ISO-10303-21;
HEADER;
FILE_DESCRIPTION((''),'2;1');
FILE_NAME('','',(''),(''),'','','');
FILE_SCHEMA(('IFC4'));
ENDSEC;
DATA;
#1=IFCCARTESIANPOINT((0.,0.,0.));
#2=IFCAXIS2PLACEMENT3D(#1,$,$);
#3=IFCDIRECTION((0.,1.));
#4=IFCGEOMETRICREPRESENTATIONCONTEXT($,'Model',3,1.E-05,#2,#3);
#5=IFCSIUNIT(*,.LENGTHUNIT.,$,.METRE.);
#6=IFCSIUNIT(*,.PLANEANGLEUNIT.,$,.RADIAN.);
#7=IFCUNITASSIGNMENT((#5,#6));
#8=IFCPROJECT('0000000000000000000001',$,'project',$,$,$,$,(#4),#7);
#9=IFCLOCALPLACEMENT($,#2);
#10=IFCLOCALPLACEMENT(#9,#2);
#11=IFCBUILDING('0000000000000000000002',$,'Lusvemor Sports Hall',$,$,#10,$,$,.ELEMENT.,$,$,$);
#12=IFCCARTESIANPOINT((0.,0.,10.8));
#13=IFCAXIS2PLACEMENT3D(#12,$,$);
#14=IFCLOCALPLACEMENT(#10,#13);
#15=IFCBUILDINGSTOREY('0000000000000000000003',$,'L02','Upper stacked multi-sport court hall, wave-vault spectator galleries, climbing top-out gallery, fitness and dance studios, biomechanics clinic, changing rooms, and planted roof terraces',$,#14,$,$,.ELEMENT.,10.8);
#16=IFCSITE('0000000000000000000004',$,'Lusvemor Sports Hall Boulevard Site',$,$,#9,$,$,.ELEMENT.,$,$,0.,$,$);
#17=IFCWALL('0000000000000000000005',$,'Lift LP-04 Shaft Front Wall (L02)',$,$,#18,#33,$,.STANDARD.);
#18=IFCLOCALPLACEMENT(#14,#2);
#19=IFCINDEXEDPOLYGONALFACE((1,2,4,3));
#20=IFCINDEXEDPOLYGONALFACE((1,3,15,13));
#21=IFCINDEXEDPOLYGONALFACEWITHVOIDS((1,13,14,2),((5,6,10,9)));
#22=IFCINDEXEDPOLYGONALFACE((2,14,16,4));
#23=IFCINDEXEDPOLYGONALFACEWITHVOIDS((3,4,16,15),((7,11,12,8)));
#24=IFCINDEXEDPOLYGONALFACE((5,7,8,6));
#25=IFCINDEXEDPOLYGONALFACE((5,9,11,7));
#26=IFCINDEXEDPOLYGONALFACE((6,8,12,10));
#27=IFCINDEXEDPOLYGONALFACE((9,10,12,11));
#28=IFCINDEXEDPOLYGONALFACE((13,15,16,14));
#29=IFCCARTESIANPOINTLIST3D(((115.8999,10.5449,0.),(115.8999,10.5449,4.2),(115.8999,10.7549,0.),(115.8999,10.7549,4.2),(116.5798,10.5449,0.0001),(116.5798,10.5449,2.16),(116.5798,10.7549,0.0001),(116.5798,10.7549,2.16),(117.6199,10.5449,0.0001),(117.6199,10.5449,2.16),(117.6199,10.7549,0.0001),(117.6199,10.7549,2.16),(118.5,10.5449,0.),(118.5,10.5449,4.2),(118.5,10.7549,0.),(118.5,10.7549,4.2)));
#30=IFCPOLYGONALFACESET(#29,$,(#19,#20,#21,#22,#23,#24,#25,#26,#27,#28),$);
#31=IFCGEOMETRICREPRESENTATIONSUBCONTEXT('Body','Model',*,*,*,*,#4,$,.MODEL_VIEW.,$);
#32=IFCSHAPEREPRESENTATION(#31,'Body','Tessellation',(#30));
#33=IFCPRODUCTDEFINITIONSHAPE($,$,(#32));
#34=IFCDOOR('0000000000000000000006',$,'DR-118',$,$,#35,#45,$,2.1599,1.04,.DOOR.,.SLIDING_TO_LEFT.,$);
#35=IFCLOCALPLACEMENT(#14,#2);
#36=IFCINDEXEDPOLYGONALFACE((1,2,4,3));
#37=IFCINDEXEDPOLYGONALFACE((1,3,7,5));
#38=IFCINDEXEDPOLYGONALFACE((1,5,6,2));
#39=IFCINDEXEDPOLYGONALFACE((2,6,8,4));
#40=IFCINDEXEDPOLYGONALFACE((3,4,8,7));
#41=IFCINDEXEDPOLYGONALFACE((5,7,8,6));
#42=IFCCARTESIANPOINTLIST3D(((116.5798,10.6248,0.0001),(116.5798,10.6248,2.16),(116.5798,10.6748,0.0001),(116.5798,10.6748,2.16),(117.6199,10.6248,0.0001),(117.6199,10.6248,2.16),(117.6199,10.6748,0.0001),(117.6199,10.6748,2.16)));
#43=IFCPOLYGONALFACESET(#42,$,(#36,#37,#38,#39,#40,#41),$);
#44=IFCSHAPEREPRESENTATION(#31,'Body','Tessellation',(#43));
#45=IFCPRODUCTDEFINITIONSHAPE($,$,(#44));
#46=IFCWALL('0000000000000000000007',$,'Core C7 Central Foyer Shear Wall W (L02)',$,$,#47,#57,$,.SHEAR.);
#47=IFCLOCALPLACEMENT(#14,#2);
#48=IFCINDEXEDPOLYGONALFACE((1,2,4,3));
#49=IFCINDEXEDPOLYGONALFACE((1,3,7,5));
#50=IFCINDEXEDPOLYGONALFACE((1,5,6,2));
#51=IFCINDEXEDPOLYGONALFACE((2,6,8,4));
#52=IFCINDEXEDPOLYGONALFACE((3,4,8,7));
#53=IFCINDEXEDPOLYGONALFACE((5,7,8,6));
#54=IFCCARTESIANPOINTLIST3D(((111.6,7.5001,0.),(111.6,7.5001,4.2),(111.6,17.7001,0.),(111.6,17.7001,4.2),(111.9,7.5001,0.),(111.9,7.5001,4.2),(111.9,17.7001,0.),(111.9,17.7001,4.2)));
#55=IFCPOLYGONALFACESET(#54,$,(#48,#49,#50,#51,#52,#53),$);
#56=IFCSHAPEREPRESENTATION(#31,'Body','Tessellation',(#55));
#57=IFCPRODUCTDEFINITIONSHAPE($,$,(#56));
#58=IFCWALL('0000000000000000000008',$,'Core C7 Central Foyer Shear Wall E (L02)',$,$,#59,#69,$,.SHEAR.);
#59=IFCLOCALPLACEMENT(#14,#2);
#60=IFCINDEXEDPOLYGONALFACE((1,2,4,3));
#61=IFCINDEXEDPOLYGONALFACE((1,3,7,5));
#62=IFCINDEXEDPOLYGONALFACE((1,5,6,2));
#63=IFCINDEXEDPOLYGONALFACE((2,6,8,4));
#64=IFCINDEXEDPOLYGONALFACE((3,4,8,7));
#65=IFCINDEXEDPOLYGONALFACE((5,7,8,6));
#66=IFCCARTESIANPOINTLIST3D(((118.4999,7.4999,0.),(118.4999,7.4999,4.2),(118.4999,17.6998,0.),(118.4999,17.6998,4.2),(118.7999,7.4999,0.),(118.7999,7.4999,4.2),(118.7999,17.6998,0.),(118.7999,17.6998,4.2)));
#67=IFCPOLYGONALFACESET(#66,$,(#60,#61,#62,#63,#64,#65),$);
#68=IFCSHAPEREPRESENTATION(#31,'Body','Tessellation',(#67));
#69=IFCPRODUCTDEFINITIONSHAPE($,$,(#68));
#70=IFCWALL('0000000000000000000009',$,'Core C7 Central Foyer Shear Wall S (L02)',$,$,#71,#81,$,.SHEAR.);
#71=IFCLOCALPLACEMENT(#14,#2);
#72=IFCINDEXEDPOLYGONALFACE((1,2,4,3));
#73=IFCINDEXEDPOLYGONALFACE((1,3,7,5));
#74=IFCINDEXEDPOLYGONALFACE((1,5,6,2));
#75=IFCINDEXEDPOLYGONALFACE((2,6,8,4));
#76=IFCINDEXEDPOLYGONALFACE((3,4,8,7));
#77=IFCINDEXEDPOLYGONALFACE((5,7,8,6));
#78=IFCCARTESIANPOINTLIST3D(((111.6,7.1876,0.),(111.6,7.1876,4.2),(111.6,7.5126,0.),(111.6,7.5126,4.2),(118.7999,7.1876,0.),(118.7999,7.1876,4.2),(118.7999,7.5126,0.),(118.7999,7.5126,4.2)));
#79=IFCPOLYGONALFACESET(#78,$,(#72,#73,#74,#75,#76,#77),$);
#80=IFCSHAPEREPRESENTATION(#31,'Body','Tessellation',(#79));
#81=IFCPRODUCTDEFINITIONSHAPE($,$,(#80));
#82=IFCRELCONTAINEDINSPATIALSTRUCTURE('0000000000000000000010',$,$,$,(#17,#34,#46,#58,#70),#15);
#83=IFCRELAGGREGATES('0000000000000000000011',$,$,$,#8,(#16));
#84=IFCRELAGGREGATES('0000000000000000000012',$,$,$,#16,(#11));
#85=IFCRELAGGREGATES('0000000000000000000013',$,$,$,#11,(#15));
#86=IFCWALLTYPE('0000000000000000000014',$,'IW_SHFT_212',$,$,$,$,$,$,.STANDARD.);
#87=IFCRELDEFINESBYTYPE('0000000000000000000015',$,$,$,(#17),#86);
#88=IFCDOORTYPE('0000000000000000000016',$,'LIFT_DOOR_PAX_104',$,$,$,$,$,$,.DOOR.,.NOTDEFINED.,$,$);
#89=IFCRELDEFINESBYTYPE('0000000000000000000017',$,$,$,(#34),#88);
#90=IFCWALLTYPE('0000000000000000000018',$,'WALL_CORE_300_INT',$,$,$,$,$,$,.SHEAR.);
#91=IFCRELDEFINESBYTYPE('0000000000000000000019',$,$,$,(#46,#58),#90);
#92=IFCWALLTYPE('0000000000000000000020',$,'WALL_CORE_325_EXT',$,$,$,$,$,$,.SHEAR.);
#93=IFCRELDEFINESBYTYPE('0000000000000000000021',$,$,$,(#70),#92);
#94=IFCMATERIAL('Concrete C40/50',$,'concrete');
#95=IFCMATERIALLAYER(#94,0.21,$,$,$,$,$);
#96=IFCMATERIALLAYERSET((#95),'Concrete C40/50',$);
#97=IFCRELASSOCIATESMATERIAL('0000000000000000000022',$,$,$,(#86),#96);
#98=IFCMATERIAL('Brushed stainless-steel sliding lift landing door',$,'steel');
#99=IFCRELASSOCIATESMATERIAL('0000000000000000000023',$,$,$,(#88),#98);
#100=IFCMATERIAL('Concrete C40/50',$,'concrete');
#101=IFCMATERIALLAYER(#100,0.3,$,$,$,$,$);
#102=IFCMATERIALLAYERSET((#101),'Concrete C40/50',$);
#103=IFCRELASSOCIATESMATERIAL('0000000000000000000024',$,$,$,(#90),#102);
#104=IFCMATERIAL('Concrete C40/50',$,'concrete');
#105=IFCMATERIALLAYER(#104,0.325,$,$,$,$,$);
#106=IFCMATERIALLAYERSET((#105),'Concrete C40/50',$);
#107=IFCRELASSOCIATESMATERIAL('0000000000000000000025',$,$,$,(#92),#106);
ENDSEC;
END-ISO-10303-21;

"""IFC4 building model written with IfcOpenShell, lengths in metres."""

from ifc_helpers import new_model, si_unit, direction, frame, frame_2d, origin, place, context, subcontext, project, spatial, rectangle, extrude, material, layer, layer_set, type_object, element, fill, save


model = new_model("IFC4")

# Units and contexts
model_context = context("Model", 3, precision=1e-05, world=origin(), true_north=direction((0.0, 1.0)))
body_context = subcontext(model_context, "Body", "Model", "MODEL_VIEW")
ifc_project = project(units=[si_unit("LENGTHUNIT", "METRE"), si_unit("PLANEANGLEUNIT", "RADIAN")], contexts=[model_context])

# Site, building, storey
site_placement = place(None, origin())
site = spatial("IfcSite", under=ifc_project, at=site_placement, Name="Lusvemor Sports Hall Boulevard Site", CompositionType="ELEMENT", RefElevation=0.0)
building_placement = place(site_placement, origin())
building = spatial("IfcBuilding", under=site, at=building_placement, Name="Lusvemor Sports Hall", CompositionType="ELEMENT")
storey_placement = place(building_placement, frame((0.0, 0.0, 10.8)))
storey = spatial("IfcBuildingStorey", under=building, at=storey_placement, Name="L02", Description="Upper stacked multi-sport court hall, wave-vault spectator galleries, climbing top-out gallery, fitness and dance studios, biomechanics clinic, changing rooms, and planted roof terraces", CompositionType="ELEMENT", Elevation=10.8)

# Wall, opening, door
ifc_material_1 = material(Name="Concrete C40/50", Category="concrete")
ifc_layer_1 = layer(ifc_material_1, 0.21)
ifc_layer_set_1 = layer_set([ifc_layer_1], Name="Concrete C40/50")
wall_type_1 = type_object("IfcWallType", Name="IW_SHFT_212", PredefinedType="STANDARD", material=ifc_layer_set_1)
wall_1_placement = place(storey_placement, frame((115.8999, 10.6499, 0.0), z_axis=(0.0, 0.0, 1.0), x_axis=(1.0, 0.0, 0.0)))
wall_1 = element("IfcWall", 1, at=wall_1_placement, inside=storey, type_object=wall_type_1, Name="Lift LP-04 Shaft Front Wall (L02)", PredefinedType="STANDARD", context=body_context, shape_type="SweptSolid", body=[
    extrude(rectangle(XDim=2.6001, YDim=0.21, at=frame_2d((1.3, 0.0))), origin(), (0.0, 0.0, 1.0), 4.2),
])
opening_1_placement = place(wall_1_placement, frame((0.6799, 0.0, 0.0)))
opening_1 = element("IfcOpeningElement", 2, at=opening_1_placement, cuts=wall_1, PredefinedType="OPENING", context=body_context, shape_type="SweptSolid", body=[
    extrude(rectangle(XDim=1.04, YDim=2.1599, at=frame_2d((0.52, 1.0801))), frame((0.0, 0.105, 0.0), z_axis=(0.0, -1.0, 0.0), x_axis=(1.0, 0.0, 0.0)), (0.0, 0.0, 1.0), 0.21),
])
ifc_material_2 = material(Name="Brushed stainless-steel sliding lift landing door", Category="steel")
door_type_1 = type_object("IfcDoorType", Name="LIFT_DOOR_PAX_104", OperationType="NOTDEFINED", PredefinedType="DOOR", material=ifc_material_2)
door_1_placement = place(opening_1_placement, origin())
door_1 = element("IfcDoor", 3, at=door_1_placement, inside=storey, type_object=door_type_1, Name="DR-118", OperationType="SLIDING_TO_LEFT", OverallHeight=2.1599, OverallWidth=1.04, PredefinedType="DOOR", context=body_context, shape_type="SweptSolid", body=[
    extrude(rectangle(XDim=1.04, YDim=2.1599, at=frame_2d((0.52, 1.0801))), frame((0.0, 0.0249, 0.0), z_axis=(0.0, -1.0, 0.0), x_axis=(1.0, 0.0, 0.0)), (0.0, 0.0, 1.0), 0.05),
])
fill(opening_1, door_1)
ifc_material_3 = material(Name="Concrete C40/50", Category="concrete")
ifc_layer_2 = layer(ifc_material_3, 0.3)
ifc_layer_set_2 = layer_set([ifc_layer_2], Name="Concrete C40/50")
wall_type_2 = type_object("IfcWallType", Name="WALL_CORE_300_INT", PredefinedType="SHEAR", material=ifc_layer_set_2)

# Walls
for number, where, z_axis, x_axis, name in (
    (4, (111.75, 7.5, 0.0), (0.0, 0.0, 1.0), (0.0, 1.0, 0.0), "Core C7 Central Foyer Shear Wall W (L02)"),
    (5, (118.6499, 17.7, 0.0), (0.0, 0.0, 1.0), (0.0, -1.0, 0.0), "Core C7 Central Foyer Shear Wall E (L02)"),
):
    element("IfcWall", number, at=place(storey_placement, frame(where, z_axis=z_axis, x_axis=x_axis)), inside=storey, type_object=wall_type_2, Name=name, PredefinedType="SHEAR", context=body_context, shape_type="SweptSolid", body=[
        extrude(rectangle(XDim=10.2, YDim=0.3, at=frame_2d((5.1001, 0.0))), origin(), (0.0, 0.0, 1.0), 4.2),
    ])

# Wall
ifc_material_4 = material(Name="Concrete C40/50", Category="concrete")
ifc_layer_3 = layer(ifc_material_4, 0.325)
ifc_layer_set_3 = layer_set([ifc_layer_3], Name="Concrete C40/50")
wall_type_3 = type_object("IfcWallType", Name="WALL_CORE_325_EXT", PredefinedType="SHEAR", material=ifc_layer_set_3)
wall_2_placement = place(storey_placement, frame((118.8, 7.3501, 0.0), z_axis=(0.0, 0.0, 1.0), x_axis=(-1.0, 0.0, 0.0)))
element("IfcWall", 6, at=wall_2_placement, inside=storey, type_object=wall_type_3, Name="Core C7 Central Foyer Shear Wall S (L02)", PredefinedType="SHEAR", context=body_context, shape_type="SweptSolid", body=[
    extrude(rectangle(XDim=7.2, YDim=0.325, at=frame_2d((3.6001, 0.0))), origin(), (0.0, 0.0, 1.0), 4.2),
])

save(model, "model.ifc")
